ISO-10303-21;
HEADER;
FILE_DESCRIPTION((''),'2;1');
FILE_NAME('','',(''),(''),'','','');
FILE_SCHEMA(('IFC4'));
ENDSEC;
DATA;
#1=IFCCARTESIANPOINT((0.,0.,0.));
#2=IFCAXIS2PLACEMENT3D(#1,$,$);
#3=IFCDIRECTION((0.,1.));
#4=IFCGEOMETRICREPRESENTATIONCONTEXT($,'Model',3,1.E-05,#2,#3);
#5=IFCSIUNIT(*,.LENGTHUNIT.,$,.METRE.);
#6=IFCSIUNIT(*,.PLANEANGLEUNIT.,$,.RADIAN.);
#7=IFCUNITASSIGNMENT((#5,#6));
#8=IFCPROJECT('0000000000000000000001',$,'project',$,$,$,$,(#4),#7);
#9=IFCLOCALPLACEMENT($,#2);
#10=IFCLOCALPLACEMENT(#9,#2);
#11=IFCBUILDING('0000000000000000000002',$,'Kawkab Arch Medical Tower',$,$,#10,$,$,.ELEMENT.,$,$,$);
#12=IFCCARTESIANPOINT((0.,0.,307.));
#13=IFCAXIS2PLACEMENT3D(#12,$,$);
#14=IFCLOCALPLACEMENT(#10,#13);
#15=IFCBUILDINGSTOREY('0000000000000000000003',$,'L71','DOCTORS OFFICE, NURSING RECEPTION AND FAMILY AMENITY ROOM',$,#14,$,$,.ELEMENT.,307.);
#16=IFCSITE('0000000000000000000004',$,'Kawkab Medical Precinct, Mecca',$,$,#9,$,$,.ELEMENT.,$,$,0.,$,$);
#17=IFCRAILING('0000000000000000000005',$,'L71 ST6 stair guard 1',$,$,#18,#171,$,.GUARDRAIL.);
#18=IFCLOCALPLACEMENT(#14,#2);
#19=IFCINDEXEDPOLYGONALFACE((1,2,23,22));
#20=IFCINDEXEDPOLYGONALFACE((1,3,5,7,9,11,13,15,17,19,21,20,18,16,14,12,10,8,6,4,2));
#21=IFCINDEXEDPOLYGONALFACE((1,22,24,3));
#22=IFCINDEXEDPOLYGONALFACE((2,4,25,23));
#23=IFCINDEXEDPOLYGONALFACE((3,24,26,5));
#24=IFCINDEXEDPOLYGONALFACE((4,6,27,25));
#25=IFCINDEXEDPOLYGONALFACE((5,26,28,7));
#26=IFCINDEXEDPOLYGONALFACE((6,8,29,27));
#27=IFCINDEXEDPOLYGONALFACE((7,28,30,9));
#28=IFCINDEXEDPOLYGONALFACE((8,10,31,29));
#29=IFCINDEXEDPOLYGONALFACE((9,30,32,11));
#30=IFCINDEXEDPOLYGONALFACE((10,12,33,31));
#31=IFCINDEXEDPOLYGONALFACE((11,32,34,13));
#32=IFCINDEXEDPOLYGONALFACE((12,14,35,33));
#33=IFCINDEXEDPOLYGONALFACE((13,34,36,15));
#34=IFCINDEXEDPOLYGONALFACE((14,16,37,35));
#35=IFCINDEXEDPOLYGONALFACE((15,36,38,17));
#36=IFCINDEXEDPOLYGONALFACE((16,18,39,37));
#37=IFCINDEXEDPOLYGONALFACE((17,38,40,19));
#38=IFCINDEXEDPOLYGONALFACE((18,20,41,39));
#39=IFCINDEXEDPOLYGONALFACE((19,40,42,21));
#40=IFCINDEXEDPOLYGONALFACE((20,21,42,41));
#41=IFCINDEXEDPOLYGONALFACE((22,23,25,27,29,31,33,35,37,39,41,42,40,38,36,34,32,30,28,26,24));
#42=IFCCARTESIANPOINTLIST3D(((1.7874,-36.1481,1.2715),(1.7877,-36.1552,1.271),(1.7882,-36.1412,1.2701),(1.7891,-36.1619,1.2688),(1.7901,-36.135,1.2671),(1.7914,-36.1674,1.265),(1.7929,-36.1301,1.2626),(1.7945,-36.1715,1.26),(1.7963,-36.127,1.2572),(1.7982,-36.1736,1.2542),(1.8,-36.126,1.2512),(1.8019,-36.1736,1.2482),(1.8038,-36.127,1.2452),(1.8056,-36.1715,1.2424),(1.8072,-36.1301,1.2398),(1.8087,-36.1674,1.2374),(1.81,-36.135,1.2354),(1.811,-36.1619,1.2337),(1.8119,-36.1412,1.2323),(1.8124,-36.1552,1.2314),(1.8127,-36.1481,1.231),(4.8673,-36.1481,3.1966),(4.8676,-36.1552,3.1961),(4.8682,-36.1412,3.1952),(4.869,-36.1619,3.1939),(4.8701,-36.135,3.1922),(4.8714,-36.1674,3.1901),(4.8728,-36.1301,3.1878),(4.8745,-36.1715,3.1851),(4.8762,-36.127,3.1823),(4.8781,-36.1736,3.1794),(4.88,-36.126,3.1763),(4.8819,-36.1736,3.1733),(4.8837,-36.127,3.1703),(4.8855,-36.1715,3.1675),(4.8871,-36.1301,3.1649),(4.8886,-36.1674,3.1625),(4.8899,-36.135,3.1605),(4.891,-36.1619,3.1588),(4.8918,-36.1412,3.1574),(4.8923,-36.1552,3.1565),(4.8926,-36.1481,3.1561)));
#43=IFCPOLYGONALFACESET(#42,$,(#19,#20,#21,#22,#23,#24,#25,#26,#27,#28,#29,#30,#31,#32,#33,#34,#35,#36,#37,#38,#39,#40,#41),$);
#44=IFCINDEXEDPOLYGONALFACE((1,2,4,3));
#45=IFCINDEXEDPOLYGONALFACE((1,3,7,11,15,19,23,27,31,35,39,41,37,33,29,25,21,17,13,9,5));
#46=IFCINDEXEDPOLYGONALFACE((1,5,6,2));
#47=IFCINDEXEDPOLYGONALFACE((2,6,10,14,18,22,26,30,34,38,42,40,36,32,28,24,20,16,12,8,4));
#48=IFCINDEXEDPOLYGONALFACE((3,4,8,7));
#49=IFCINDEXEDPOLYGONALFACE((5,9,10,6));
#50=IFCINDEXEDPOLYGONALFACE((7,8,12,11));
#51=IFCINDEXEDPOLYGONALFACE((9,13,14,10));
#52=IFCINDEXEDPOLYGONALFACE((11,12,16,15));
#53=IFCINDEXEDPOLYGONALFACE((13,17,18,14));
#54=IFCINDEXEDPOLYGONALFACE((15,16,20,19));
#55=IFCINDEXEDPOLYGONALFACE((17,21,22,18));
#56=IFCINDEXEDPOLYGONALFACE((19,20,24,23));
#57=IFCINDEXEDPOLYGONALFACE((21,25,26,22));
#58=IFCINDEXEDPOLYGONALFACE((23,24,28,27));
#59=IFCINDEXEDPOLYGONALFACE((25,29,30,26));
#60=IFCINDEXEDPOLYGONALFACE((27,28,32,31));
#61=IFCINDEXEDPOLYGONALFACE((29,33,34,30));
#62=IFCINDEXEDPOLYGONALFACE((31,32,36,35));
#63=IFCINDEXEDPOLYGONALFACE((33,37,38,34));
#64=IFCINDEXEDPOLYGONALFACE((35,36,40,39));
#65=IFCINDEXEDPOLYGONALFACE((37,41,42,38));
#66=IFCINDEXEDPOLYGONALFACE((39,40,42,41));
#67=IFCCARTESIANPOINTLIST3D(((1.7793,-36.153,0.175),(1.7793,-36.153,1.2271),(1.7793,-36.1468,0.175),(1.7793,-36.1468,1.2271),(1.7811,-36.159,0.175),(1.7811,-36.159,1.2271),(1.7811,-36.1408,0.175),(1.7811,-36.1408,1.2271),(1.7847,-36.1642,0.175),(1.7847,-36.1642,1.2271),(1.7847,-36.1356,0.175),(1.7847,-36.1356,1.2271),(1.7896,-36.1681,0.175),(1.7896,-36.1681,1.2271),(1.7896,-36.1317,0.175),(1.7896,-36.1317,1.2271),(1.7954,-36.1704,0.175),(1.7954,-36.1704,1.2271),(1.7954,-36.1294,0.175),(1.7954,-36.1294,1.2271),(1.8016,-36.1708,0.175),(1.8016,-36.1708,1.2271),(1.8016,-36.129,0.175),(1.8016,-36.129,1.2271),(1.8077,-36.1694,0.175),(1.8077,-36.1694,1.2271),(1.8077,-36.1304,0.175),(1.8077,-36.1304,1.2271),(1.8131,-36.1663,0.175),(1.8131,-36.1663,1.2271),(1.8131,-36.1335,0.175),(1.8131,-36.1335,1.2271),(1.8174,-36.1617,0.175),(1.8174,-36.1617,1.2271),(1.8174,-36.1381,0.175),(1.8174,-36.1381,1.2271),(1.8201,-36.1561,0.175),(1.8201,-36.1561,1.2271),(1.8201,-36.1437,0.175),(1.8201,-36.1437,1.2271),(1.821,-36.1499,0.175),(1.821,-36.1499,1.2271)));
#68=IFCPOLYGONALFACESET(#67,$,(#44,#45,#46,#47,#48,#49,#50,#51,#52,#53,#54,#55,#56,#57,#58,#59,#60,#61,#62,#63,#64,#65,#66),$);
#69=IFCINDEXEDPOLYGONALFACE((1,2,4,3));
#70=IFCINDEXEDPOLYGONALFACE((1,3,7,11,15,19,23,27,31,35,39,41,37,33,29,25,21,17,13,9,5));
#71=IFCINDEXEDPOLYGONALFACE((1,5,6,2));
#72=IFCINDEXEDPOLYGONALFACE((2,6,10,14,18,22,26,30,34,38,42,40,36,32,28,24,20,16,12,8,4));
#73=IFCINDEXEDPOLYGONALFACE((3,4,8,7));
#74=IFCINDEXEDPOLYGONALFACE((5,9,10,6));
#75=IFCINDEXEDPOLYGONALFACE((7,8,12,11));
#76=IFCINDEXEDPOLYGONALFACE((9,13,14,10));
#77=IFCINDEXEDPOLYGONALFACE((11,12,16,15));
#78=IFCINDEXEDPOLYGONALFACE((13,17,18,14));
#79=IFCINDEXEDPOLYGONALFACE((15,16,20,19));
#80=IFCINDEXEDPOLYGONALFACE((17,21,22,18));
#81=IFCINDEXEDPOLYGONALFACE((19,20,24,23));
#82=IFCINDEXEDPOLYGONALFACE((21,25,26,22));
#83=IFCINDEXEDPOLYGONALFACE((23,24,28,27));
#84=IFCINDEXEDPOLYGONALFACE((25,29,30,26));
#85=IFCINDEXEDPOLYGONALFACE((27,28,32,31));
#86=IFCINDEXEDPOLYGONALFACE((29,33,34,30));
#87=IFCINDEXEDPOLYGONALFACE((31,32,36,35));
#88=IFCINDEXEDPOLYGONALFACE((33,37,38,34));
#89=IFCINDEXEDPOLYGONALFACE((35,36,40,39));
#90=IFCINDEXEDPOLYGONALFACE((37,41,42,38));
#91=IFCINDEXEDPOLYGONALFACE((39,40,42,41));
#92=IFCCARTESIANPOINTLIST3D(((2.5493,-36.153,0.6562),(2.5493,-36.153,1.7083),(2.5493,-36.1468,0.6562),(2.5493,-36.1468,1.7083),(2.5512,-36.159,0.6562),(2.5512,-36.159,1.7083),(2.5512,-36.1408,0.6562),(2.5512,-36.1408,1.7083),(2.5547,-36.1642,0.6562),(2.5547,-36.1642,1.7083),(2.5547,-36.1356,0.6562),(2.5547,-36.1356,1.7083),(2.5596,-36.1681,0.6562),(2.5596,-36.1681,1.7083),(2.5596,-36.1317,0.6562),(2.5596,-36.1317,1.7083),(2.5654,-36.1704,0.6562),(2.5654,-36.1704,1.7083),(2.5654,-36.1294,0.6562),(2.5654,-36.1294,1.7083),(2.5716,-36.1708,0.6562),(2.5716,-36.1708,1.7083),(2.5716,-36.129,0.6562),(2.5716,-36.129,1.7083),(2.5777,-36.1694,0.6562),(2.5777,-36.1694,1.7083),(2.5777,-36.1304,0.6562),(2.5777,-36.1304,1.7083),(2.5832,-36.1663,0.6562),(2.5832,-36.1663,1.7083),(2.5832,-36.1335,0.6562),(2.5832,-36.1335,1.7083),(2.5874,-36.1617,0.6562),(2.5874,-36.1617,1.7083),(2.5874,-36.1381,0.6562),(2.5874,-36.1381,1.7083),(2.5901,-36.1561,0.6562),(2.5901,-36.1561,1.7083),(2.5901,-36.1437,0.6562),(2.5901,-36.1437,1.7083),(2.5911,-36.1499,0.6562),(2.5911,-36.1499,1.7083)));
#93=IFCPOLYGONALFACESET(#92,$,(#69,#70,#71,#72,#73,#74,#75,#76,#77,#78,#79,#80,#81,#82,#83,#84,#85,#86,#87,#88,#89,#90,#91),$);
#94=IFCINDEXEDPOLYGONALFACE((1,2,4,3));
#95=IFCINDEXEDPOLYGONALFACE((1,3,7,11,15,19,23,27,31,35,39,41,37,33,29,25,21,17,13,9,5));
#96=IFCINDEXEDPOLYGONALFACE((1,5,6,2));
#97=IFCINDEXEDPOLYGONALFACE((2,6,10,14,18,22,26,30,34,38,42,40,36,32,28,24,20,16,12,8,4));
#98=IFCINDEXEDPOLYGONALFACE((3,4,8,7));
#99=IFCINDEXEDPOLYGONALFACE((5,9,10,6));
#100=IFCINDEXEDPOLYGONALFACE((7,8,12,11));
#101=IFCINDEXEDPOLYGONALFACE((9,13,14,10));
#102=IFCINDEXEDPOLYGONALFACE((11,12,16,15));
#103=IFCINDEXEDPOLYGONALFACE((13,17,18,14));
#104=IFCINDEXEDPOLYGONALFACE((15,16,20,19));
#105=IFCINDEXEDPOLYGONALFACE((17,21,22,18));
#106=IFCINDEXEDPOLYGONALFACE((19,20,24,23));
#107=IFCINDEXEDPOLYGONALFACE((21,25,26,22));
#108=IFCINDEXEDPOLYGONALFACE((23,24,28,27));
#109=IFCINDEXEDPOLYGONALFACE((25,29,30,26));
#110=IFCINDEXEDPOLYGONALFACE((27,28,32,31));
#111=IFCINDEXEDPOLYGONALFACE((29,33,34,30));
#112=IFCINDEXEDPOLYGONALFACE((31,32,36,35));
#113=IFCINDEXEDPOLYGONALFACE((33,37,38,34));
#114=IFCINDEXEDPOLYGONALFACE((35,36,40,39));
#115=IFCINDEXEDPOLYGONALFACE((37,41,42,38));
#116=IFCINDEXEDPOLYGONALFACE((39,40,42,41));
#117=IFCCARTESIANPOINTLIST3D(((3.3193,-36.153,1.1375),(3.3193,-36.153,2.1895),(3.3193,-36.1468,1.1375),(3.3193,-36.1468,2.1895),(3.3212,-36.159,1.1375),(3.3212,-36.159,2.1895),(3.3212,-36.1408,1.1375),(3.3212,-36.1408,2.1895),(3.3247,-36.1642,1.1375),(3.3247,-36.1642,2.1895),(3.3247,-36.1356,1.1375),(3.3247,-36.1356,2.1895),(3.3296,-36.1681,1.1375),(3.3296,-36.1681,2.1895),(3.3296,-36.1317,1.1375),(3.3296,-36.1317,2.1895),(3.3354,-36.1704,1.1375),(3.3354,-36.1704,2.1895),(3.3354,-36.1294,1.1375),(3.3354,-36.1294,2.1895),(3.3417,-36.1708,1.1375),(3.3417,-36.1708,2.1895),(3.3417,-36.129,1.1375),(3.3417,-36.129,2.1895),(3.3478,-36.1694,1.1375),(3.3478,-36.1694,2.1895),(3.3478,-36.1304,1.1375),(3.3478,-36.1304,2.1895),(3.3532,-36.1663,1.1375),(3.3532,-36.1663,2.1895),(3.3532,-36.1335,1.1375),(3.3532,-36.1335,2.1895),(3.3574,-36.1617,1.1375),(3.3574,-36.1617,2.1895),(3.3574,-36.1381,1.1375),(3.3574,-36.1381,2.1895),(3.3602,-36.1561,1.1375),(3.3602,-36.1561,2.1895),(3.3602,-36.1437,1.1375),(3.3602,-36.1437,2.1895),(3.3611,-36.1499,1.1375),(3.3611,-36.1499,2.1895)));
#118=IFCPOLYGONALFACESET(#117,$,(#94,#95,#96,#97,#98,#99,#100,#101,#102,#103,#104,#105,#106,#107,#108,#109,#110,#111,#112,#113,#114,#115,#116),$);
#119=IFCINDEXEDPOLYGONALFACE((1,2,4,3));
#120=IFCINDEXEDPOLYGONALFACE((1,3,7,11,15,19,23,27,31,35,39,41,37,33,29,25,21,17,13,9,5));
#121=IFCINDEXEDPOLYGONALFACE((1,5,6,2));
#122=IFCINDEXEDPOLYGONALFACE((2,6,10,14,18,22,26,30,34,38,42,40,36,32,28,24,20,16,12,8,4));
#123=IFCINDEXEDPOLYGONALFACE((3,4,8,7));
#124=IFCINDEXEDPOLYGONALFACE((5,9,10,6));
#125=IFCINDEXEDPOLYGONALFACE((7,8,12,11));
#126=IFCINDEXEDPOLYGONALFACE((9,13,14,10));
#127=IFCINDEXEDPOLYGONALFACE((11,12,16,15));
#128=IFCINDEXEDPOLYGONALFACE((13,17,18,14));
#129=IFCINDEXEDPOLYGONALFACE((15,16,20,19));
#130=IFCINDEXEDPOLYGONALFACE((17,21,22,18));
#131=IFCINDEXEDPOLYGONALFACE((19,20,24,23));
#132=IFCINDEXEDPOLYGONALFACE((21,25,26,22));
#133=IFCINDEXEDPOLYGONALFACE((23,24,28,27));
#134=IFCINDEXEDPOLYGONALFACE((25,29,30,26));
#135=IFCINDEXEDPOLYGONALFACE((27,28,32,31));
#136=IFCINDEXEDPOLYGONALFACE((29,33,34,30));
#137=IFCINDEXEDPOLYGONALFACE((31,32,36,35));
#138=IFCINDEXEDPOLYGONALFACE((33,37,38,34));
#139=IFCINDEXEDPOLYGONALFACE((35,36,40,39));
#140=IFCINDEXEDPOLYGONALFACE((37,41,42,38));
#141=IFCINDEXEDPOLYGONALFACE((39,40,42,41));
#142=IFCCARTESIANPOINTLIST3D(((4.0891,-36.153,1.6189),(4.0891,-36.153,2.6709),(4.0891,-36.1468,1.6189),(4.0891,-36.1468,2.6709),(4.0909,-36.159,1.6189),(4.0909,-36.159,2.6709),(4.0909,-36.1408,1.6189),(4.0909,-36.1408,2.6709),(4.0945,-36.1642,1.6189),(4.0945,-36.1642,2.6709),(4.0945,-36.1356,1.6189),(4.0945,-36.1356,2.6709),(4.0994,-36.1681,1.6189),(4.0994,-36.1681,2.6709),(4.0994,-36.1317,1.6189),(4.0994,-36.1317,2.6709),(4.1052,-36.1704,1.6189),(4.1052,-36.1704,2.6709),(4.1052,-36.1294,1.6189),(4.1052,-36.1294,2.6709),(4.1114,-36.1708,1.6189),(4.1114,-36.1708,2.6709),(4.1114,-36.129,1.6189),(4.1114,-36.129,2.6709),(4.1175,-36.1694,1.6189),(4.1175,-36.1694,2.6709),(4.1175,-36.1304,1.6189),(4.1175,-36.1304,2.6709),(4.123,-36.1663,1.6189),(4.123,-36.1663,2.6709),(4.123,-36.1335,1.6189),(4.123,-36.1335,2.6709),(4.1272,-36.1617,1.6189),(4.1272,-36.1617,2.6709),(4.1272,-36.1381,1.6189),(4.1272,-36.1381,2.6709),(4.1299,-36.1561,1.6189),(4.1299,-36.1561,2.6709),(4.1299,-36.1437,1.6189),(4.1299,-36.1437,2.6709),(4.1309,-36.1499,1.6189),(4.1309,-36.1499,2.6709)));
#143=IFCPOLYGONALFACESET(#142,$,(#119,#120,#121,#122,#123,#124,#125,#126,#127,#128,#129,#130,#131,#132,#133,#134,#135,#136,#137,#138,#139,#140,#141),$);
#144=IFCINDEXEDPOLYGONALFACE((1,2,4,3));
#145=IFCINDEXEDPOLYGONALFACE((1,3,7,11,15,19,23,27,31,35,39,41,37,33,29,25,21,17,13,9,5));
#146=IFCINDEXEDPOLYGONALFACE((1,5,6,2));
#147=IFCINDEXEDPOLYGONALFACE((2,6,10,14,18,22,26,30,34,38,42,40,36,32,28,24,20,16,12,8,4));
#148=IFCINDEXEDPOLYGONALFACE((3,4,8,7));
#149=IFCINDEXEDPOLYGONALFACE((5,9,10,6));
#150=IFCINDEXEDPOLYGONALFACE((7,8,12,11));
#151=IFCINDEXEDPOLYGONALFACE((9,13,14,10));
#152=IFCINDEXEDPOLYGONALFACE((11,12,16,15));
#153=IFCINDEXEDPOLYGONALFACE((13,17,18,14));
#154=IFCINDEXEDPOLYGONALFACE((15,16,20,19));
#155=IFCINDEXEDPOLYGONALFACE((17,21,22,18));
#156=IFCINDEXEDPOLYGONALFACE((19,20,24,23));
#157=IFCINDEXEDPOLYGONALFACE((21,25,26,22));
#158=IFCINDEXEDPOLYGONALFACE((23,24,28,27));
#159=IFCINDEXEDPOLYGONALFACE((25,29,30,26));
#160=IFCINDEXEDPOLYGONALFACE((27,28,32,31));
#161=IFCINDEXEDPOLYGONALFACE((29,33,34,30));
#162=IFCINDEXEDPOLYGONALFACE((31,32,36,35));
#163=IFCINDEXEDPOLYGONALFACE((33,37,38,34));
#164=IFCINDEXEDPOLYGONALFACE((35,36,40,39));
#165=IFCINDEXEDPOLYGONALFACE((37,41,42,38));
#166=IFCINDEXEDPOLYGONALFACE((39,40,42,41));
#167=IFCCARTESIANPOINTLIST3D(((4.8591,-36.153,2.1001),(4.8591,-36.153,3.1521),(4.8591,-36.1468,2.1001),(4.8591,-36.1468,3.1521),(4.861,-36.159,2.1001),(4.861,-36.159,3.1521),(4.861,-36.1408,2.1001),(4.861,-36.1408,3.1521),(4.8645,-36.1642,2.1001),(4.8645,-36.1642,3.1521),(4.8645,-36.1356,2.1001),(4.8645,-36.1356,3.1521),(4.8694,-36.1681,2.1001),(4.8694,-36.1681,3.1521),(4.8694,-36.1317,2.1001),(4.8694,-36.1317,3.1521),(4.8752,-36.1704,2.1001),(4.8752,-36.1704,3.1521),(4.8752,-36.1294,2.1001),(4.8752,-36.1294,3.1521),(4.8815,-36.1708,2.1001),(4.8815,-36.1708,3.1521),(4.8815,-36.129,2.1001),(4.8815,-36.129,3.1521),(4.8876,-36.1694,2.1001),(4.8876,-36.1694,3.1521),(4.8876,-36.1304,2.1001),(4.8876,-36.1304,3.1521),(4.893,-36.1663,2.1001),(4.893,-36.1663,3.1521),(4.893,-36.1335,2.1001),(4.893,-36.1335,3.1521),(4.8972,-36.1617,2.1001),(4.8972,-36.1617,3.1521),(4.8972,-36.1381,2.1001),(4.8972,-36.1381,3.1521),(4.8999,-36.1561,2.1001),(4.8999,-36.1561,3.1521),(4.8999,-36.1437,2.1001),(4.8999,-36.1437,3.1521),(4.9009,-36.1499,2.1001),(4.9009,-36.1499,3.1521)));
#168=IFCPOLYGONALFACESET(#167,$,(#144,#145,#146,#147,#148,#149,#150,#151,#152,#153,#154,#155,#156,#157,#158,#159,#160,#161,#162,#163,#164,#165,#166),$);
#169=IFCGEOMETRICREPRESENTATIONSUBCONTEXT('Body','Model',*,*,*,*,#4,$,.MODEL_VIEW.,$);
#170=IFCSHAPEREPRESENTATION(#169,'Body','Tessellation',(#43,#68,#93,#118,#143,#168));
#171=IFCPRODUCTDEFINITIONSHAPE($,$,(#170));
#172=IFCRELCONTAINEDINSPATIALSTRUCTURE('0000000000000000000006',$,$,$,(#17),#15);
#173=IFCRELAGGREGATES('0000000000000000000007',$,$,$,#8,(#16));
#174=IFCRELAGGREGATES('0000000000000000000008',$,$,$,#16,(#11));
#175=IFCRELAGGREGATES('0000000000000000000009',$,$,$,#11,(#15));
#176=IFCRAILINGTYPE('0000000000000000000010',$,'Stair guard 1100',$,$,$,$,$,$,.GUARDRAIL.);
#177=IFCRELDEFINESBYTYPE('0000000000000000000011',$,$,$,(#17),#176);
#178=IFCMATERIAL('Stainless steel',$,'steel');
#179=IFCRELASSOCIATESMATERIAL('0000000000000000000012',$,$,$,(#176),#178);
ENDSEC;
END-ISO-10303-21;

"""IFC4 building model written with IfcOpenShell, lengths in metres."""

from ifc_helpers import new_model, si_unit, direction, frame, origin, origin_2d, place, context, subcontext, project, spatial, circle, extrude, material, type_object, element, save


model = new_model("IFC4")

# Units and contexts
model_context = context("Model", 3, precision=1e-05, world=origin(), true_north=direction((0.0, 1.0)))
body_context = subcontext(model_context, "Body", "Model", "MODEL_VIEW")
ifc_project = project(units=[si_unit("LENGTHUNIT", "METRE"), si_unit("PLANEANGLEUNIT", "RADIAN")], contexts=[model_context])

# Site, building, storey
site_placement = place(None, origin())
site = spatial("IfcSite", under=ifc_project, at=site_placement, Name="Kawkab Medical Precinct, Mecca", CompositionType="ELEMENT", RefElevation=0.0)
building_placement = place(site_placement, origin())
building = spatial("IfcBuilding", under=site, at=building_placement, Name="Kawkab Arch Medical Tower", CompositionType="ELEMENT")
storey_placement = place(building_placement, frame((0.0, 0.0, 307.0)))
storey = spatial("IfcBuildingStorey", under=building, at=storey_placement, Name="L71", Description="DOCTORS OFFICE, NURSING RECEPTION AND FAMILY AMENITY ROOM", CompositionType="ELEMENT", Elevation=307.0)

# Railing
ifc_material_1 = material(Name="Stainless steel", Category="steel")
railing_type_1 = type_object("IfcRailingType", Name="Stair guard 1100", PredefinedType="GUARDRAIL", material=ifc_material_1)
railing_1_placement = place(storey_placement, frame((1.8, -36.1499, 0.175)))
element("IfcRailing", 1, at=railing_1_placement, inside=storey, type_object=railing_type_1, Name="L71 ST6 stair guard 1", PredefinedType="GUARDRAIL", context=body_context, shape_type="SweptSolid", body=[
    extrude(circle(Radius=0.0239, at=origin_2d()), frame((0.0, 0.0, 1.0762), z_axis=(0.847979, 0.0, 0.530029), x_axis=(0.0, 1.0, 0.0)), (0.0, 0.0, 1.0), 3.6321),
    extrude(circle(Radius=0.021, at=origin_2d()), origin(), (0.0, 0.0, 1.0), 1.052),
    extrude(circle(Radius=0.021, at=origin_2d()), frame((0.77, 0.0, 0.4812)), (0.0, 0.0, 1.0), 1.052),
    extrude(circle(Radius=0.021, at=origin_2d()), frame((1.54, 0.0, 0.9624)), (0.0, 0.0, 1.0), 1.052),
    extrude(circle(Radius=0.021, at=origin_2d()), frame((2.3098, 0.0, 1.4438)), (0.0, 0.0, 1.0), 1.052),
    extrude(circle(Radius=0.021, at=origin_2d()), frame((3.0798, 0.0, 1.925)), (0.0, 0.0, 1.0), 1.052),
])

save(model, "model.ifc")
